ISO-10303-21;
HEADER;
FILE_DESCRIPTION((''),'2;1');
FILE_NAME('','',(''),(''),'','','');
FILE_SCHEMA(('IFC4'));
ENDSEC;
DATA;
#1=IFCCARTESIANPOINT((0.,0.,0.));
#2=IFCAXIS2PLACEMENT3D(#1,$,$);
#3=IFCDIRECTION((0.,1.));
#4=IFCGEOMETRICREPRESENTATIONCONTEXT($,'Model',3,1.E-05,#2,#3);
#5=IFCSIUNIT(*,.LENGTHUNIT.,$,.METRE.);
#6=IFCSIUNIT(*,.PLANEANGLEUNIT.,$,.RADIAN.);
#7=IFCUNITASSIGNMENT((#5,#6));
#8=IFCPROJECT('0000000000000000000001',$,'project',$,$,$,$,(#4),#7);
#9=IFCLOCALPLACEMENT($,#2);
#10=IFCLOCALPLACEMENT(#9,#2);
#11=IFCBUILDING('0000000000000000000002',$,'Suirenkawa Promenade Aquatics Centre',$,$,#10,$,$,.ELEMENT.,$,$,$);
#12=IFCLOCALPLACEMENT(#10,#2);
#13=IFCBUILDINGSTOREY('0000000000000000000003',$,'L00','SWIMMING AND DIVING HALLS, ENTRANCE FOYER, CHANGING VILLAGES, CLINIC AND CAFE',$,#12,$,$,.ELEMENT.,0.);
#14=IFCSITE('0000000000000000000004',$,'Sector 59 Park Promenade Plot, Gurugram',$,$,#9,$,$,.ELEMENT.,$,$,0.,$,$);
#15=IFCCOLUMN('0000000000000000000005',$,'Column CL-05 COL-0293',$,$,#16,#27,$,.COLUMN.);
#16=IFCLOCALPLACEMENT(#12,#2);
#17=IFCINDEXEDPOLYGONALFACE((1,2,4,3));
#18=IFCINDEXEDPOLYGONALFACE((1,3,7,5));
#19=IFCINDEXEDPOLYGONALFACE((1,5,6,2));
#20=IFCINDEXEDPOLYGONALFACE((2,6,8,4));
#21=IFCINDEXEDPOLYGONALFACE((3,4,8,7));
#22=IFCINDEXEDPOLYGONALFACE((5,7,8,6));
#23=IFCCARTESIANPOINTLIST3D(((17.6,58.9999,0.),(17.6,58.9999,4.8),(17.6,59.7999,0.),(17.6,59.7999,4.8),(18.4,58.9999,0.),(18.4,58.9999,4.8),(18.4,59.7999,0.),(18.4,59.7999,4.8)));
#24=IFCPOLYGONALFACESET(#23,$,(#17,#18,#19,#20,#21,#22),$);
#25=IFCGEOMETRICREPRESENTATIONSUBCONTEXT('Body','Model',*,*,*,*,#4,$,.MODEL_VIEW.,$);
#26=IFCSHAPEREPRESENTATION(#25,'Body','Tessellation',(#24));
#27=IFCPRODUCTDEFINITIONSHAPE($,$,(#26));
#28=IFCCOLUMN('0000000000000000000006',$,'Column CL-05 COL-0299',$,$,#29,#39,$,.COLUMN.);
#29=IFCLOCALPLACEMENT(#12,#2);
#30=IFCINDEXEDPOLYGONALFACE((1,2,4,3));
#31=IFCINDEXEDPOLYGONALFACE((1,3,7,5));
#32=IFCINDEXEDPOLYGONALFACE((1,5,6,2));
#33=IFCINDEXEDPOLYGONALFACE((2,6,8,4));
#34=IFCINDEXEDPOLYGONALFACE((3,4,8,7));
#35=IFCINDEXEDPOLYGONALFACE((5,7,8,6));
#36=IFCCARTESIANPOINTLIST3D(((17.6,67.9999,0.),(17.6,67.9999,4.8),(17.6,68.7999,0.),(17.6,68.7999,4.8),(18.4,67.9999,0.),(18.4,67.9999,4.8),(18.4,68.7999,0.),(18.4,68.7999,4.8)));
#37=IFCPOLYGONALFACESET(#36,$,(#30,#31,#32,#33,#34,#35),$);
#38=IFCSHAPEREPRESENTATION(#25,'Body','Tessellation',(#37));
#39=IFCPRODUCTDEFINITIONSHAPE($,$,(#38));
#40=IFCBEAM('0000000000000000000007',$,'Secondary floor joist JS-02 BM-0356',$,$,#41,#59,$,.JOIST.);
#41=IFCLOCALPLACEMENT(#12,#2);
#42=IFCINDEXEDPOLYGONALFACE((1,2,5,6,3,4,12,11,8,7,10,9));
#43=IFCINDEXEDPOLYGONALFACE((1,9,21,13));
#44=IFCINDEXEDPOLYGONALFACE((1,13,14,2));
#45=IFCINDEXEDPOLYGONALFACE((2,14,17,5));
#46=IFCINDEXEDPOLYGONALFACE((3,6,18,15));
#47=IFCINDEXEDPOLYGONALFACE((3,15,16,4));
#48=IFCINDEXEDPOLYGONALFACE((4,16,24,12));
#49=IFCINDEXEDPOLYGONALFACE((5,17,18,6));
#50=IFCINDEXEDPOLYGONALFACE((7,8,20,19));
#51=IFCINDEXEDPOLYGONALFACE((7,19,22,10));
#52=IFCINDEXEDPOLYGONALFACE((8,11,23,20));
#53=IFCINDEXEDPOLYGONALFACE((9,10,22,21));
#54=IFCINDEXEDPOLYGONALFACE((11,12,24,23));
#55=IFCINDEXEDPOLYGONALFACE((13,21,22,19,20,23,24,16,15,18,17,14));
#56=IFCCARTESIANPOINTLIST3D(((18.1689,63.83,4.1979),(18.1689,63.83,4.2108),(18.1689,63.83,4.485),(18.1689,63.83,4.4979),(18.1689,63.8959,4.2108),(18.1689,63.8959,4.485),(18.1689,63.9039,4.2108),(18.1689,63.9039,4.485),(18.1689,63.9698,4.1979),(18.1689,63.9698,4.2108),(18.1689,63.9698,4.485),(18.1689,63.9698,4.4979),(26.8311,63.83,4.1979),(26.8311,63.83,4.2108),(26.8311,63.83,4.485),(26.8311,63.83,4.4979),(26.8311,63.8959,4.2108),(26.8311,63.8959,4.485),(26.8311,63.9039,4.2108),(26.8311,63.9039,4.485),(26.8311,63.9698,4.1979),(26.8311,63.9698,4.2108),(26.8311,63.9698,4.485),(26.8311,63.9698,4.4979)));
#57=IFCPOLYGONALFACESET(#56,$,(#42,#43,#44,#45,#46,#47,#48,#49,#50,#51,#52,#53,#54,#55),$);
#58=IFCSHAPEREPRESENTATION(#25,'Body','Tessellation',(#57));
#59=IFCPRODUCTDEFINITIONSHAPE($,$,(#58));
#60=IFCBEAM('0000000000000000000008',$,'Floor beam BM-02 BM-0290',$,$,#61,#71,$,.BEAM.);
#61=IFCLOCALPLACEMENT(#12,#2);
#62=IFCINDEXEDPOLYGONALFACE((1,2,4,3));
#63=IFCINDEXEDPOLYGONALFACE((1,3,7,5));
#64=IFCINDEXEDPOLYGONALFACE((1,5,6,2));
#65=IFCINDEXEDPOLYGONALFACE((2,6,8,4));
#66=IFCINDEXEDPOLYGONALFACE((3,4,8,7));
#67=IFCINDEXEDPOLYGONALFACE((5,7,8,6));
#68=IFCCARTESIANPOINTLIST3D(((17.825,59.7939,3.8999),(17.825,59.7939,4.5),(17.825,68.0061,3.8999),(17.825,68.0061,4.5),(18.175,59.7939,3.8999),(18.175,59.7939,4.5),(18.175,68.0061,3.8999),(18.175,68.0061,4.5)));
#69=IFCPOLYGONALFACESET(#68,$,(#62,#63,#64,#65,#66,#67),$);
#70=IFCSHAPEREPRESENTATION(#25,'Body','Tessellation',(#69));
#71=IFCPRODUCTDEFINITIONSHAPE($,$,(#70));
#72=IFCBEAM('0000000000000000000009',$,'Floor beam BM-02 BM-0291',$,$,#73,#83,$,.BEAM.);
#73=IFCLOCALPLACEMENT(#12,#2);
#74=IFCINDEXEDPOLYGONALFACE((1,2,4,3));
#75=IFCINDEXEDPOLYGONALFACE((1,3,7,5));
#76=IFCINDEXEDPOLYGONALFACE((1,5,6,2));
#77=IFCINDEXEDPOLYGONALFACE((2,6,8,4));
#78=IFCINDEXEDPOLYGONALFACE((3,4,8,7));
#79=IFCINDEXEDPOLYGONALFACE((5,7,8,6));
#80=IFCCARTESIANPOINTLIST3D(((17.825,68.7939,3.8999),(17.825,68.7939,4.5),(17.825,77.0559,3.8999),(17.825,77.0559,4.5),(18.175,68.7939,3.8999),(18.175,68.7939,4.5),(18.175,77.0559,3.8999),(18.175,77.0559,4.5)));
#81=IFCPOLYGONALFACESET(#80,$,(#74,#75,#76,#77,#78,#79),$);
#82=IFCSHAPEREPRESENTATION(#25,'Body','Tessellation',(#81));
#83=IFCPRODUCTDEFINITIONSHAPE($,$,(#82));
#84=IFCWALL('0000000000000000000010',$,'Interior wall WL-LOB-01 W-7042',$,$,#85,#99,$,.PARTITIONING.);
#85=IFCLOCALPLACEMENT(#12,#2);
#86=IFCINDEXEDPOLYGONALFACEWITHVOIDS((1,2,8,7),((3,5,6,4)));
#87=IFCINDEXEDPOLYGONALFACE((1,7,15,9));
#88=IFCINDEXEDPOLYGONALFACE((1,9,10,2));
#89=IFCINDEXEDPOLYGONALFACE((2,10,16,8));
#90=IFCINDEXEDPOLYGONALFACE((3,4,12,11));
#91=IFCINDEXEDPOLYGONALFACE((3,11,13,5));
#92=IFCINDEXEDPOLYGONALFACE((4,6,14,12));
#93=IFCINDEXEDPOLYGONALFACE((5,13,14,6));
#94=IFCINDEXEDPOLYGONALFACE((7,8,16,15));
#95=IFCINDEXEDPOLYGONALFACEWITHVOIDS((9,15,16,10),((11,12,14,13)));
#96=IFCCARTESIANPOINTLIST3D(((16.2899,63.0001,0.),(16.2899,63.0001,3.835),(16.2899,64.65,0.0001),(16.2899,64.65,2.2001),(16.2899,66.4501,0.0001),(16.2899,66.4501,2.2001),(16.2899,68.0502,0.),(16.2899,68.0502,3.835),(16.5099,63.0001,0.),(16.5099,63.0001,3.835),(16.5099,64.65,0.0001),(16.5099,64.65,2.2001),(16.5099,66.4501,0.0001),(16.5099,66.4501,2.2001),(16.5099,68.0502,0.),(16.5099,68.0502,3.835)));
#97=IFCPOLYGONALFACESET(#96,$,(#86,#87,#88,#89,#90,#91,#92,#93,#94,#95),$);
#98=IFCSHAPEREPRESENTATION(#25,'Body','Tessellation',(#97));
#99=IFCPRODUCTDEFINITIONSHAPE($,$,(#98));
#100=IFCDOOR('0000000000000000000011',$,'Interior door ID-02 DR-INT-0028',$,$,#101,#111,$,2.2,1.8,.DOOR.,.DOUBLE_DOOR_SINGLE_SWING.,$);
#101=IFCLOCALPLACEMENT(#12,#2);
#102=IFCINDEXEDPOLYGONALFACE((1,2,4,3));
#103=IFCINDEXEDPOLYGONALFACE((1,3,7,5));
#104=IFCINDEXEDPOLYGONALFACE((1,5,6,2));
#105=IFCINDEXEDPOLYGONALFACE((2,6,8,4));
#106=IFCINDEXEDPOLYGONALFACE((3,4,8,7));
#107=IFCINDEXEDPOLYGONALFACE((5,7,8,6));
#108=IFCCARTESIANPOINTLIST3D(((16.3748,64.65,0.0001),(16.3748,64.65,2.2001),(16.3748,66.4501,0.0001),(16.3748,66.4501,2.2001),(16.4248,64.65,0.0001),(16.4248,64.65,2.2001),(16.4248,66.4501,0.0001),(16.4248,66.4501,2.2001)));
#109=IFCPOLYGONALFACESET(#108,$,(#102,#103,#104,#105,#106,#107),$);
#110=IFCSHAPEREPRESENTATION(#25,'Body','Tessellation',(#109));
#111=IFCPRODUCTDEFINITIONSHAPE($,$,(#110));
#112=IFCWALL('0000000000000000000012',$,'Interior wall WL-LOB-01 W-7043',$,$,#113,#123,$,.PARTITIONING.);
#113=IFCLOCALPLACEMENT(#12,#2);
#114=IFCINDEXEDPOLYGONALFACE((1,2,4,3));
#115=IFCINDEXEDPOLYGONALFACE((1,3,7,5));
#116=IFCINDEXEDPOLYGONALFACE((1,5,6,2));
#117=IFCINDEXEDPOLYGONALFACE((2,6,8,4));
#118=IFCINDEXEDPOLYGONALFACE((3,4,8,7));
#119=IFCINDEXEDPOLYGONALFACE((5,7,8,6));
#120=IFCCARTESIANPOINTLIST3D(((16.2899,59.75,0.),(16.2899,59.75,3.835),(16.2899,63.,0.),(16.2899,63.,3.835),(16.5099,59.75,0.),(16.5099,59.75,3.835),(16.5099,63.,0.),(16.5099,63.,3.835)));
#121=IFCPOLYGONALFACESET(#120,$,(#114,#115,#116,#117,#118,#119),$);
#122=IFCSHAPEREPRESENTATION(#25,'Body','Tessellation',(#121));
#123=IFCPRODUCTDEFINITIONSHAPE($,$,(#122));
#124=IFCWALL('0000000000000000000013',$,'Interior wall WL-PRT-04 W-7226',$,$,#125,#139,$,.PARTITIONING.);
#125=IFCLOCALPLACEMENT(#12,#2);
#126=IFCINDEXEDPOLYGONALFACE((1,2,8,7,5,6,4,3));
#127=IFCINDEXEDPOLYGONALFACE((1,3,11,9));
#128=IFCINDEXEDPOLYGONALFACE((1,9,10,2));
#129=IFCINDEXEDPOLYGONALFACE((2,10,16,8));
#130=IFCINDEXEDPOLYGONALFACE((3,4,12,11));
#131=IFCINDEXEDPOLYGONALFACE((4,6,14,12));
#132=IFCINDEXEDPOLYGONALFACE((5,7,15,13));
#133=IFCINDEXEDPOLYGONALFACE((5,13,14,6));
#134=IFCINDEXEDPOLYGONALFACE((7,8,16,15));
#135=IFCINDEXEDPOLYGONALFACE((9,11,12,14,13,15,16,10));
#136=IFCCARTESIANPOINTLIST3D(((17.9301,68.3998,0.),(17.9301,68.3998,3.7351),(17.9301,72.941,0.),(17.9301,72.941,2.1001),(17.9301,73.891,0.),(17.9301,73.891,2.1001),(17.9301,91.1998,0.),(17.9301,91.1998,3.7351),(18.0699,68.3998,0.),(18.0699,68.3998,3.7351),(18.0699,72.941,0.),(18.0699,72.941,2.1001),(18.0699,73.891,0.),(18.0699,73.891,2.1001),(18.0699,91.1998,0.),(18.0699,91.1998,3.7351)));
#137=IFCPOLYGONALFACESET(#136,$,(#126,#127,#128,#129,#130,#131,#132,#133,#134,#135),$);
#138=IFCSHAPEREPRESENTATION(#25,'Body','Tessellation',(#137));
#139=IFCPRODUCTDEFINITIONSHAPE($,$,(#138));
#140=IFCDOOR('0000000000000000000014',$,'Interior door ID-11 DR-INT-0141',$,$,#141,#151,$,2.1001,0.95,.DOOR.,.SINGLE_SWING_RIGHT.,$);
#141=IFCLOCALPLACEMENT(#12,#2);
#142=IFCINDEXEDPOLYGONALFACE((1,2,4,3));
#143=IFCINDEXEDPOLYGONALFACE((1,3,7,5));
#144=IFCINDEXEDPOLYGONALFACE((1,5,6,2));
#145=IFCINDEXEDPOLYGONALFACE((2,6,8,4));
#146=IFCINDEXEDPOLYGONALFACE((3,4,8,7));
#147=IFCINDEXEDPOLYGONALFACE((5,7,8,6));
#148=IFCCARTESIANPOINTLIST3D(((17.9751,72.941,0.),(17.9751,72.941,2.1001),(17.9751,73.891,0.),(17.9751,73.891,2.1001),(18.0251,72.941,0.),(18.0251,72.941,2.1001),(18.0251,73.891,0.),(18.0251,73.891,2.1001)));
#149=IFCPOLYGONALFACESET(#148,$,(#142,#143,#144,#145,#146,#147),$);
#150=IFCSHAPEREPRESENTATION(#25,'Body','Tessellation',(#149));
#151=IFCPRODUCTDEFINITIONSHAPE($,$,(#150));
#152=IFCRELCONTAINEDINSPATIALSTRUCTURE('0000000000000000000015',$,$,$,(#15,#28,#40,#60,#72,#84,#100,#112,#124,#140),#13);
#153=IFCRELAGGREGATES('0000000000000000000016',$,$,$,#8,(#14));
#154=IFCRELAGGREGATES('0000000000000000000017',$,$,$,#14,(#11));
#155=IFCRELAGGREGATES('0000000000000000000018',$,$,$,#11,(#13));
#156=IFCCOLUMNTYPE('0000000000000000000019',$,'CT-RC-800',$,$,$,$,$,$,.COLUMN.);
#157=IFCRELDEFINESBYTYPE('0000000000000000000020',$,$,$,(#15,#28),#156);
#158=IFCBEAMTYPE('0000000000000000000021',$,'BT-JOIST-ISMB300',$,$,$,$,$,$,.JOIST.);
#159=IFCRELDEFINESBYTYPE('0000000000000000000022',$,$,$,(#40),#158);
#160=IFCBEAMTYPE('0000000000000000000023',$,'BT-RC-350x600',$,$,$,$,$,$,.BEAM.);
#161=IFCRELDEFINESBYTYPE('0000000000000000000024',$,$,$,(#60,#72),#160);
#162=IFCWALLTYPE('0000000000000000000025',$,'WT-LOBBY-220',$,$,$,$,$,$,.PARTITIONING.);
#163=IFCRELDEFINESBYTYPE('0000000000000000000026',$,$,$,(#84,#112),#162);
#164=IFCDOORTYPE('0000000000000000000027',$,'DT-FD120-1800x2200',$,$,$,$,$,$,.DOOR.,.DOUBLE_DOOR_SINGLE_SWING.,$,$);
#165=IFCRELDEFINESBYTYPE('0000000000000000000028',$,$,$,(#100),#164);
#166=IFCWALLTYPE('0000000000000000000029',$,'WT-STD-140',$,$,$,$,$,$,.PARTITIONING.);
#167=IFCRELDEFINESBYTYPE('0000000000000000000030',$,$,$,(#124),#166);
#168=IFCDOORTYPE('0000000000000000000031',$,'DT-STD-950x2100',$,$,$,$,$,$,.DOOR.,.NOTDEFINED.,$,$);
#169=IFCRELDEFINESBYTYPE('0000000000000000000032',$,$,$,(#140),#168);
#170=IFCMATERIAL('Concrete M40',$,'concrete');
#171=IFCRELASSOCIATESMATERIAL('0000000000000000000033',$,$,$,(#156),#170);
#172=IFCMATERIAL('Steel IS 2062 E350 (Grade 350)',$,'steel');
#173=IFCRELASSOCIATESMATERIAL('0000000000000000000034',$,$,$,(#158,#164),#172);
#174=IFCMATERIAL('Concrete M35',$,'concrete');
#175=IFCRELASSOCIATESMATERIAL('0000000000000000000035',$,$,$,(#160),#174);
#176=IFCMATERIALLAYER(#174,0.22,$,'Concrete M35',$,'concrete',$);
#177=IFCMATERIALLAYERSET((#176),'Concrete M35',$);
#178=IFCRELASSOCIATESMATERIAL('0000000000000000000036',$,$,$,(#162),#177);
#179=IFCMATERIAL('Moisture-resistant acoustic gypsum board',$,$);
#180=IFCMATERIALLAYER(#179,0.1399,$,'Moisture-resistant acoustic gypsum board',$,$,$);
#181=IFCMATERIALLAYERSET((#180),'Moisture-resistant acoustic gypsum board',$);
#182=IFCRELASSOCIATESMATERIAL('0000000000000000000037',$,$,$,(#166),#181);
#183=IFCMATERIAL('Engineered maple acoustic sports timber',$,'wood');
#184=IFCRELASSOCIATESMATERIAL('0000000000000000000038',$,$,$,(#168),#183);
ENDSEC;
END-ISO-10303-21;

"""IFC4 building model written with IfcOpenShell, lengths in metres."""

from ifc_helpers import new_model, si_unit, direction, frame, frame_2d, origin, origin_2d, place, context, subcontext, project, spatial, rectangle, i_section, extrude, material, layer, layer_set, material_profile, profile_set, type_object, element, fill, save


model = new_model("IFC4")

# Units and contexts
model_context = context("Model", 3, precision=1e-05, world=origin(), true_north=direction((0.0, 1.0)))
body_context = subcontext(model_context, "Body", "Model", "MODEL_VIEW")
ifc_project = project(units=[si_unit("LENGTHUNIT", "METRE"), si_unit("PLANEANGLEUNIT", "RADIAN")], contexts=[model_context])

# Site, building, storey
site_placement = place(None, origin())
site = spatial("IfcSite", under=ifc_project, at=site_placement, Name="Sector 59 Park Promenade Plot, Gurugram", CompositionType="ELEMENT", RefElevation=0.0)
building_placement = place(site_placement, origin())
building = spatial("IfcBuilding", under=site, at=building_placement, Name="Suirenkawa Promenade Aquatics Centre", CompositionType="ELEMENT")
storey_placement = place(building_placement, origin())
storey = spatial("IfcBuildingStorey", under=building, at=storey_placement, Name="L00", Description="SWIMMING AND DIVING HALLS, ENTRANCE FOYER, CHANGING VILLAGES, CLINIC AND CAFE", CompositionType="ELEMENT", Elevation=0.0)

# Columns
ifc_material_1 = material(Name="Concrete M40", Category="concrete")
ifc_material_profile_1 = material_profile(ifc_material_1, rectangle(XDim=0.8, YDim=0.8, at=origin_2d()), Name="RC COL 800x800", Category="concrete")
ifc_profile_set_1 = profile_set([ifc_material_profile_1], Name="Concrete M40")
column_type = type_object("IfcColumnType", Name="CT-RC-800", PredefinedType="COLUMN", material=ifc_profile_set_1)
for number, where, z_axis, x_axis, name in (
    (1, (18.0, 59.3999, 0.0), (0.0, 0.0, 1.0), (1.0, 0.0, 0.0), "Column CL-05 COL-0293"),
    (2, (18.0, 68.3999, 0.0), (0.0, 0.0, 1.0), (1.0, 0.0, 0.0), "Column CL-05 COL-0299"),
):
    element("IfcColumn", number, at=place(storey_placement, frame(where, z_axis=z_axis, x_axis=x_axis)), inside=storey, type_object=column_type, Name=name, PredefinedType="COLUMN", context=body_context, shape_type="SweptSolid", body=[
        extrude(rectangle(XDim=0.8, YDim=0.8, at=origin_2d()), origin(), (0.0, 0.0, 1.0), 4.8),
    ])

# Beams
ifc_material_2 = material(Name="Steel IS 2062 E350 (Grade 350)", Category="steel")
ifc_material_profile_2 = material_profile(ifc_material_2, i_section(OverallWidth=0.1399, OverallDepth=0.3, WebThickness=0.0081, FlangeThickness=0.0129, at=origin_2d()), Name="ISMB 300", Category="steel")
ifc_profile_set_2 = profile_set([ifc_material_profile_2], Name="Steel IS 2062 E350 (Grade 350)")
beam_type_1 = type_object("IfcBeamType", Name="BT-JOIST-ISMB300", PredefinedType="JOIST", material=ifc_profile_set_2)
beam_1_placement = place(storey_placement, frame((18.1689, 63.8999, 4.3479), z_axis=(1.0, 0.0, 0.0), x_axis=(0.0, 1.0, 0.0)))
element("IfcBeam", 3, at=beam_1_placement, inside=storey, type_object=beam_type_1, Name="Secondary floor joist JS-02 BM-0356", PredefinedType="JOIST", context=body_context, shape_type="SweptSolid", body=[
    extrude(i_section(OverallWidth=0.1399, OverallDepth=0.3, WebThickness=0.0081, FlangeThickness=0.0129, at=origin_2d()), origin(), (0.0, 0.0, 1.0), 8.6621),
])
ifc_material_3 = material(Name="Concrete M35", Category="concrete")
ifc_material_profile_3 = material_profile(ifc_material_3, rectangle(XDim=0.3501, YDim=0.6001, at=origin_2d()), Name="RC BM 350x600", Category="concrete")
ifc_profile_set_3 = profile_set([ifc_material_profile_3], Name="Concrete M35")
beam_type_2 = type_object("IfcBeamType", Name="BT-RC-350x600", PredefinedType="BEAM", material=ifc_profile_set_3)
beam_2_placement = place(storey_placement, frame((18.0, 59.7939, 4.2), z_axis=(0.0, 1.0, 0.0), x_axis=(-1.0, 0.0, 0.0)))
element("IfcBeam", 4, at=beam_2_placement, inside=storey, type_object=beam_type_2, Name="Floor beam BM-02 BM-0290", PredefinedType="BEAM", context=body_context, shape_type="SweptSolid", body=[
    extrude(rectangle(XDim=0.3501, YDim=0.6001, at=origin_2d()), origin(), (0.0, 0.0, 1.0), 8.2122),
])
beam_3_placement = place(storey_placement, frame((18.0, 68.7939, 4.2), z_axis=(0.0, 1.0, 0.0), x_axis=(-1.0, 0.0, 0.0)))
element("IfcBeam", 5, at=beam_3_placement, inside=storey, type_object=beam_type_2, Name="Floor beam BM-02 BM-0291", PredefinedType="BEAM", context=body_context, shape_type="SweptSolid", body=[
    extrude(rectangle(XDim=0.3501, YDim=0.6001, at=origin_2d()), origin(), (0.0, 0.0, 1.0), 8.262),
])

# Wall, opening, door
ifc_layer_1 = layer(ifc_material_3, 0.22, Name="Concrete M35", Category="concrete")
ifc_layer_set_1 = layer_set([ifc_layer_1], Name="Concrete M35")
wall_type_1 = type_object("IfcWallType", Name="WT-LOBBY-220", PredefinedType="PARTITIONING", material=ifc_layer_set_1)
wall_1_placement = place(storey_placement, frame((16.3999, 68.05, 0.0), z_axis=(0.0, 0.0, 1.0), x_axis=(0.0, -1.0, 0.0)))
wall_1 = element("IfcWall", 6, at=wall_1_placement, inside=storey, type_object=wall_type_1, Name="Interior wall WL-LOB-01 W-7042", PredefinedType="PARTITIONING", context=body_context, shape_type="SweptSolid", body=[
    extrude(rectangle(XDim=5.05, YDim=0.22, at=frame_2d((2.5249, 0.0))), origin(), (0.0, 0.0, 1.0), 3.835),
])
opening_1_placement = place(wall_1_placement, frame((1.6001, 0.0, 0.0)))
opening_1 = element("IfcOpeningElement", 7, at=opening_1_placement, cuts=wall_1, PredefinedType="OPENING", context=body_context, shape_type="SweptSolid", body=[
    extrude(rectangle(XDim=1.8, YDim=2.2, at=frame_2d((0.8999, 1.1001))), frame((0.0, 0.1199, 0.0), z_axis=(0.0, -1.0, 0.0), x_axis=(1.0, 0.0, 0.0)), (0.0, 0.0, 1.0), 0.24),
])
door_type_1 = type_object("IfcDoorType", Name="DT-FD120-1800x2200", OperationType="DOUBLE_DOOR_SINGLE_SWING", PredefinedType="DOOR", material=ifc_material_2)
door_1_placement = place(opening_1_placement, origin())
door_1 = element("IfcDoor", 8, at=door_1_placement, inside=storey, type_object=door_type_1, Name="Interior door ID-02 DR-INT-0028", OperationType="DOUBLE_DOOR_SINGLE_SWING", OverallHeight=2.2, OverallWidth=1.8, PredefinedType="DOOR", context=body_context, shape_type="SweptSolid", body=[
    extrude(rectangle(XDim=1.8, YDim=2.2, at=frame_2d((0.8999, 1.1001))), frame((0.0, 0.0249, 0.0), z_axis=(0.0, -1.0, 0.0), x_axis=(1.0, 0.0, 0.0)), (0.0, 0.0, 1.0), 0.05),
])
fill(opening_1, door_1)

# Wall
wall_2_placement = place(storey_placement, frame((16.3999, 59.75, 0.0), z_axis=(0.0, 0.0, 1.0), x_axis=(0.0, 1.0, 0.0)))
element("IfcWall", 9, at=wall_2_placement, inside=storey, type_object=wall_type_1, Name="Interior wall WL-LOB-01 W-7043", PredefinedType="PARTITIONING", context=body_context, shape_type="SweptSolid", body=[
    extrude(rectangle(XDim=3.25, YDim=0.22, at=frame_2d((1.625, 0.0))), origin(), (0.0, 0.0, 1.0), 3.835),
])

# Wall, opening, door
ifc_material_4 = material(Name="Moisture-resistant acoustic gypsum board")
ifc_layer_2 = layer(ifc_material_4, 0.1399, Name="Moisture-resistant acoustic gypsum board")
ifc_layer_set_2 = layer_set([ifc_layer_2], Name="Moisture-resistant acoustic gypsum board")
wall_type_2 = type_object("IfcWallType", Name="WT-STD-140", PredefinedType="PARTITIONING", material=ifc_layer_set_2)
wall_3_placement = place(storey_placement, frame((18.0, 68.3999, 0.0), z_axis=(0.0, 0.0, 1.0), x_axis=(0.0, 1.0, 0.0)))
wall_3 = element("IfcWall", 10, at=wall_3_placement, inside=storey, type_object=wall_type_2, Name="Interior wall WL-PRT-04 W-7226", PredefinedType="PARTITIONING", context=body_context, shape_type="SweptSolid", body=[
    extrude(rectangle(XDim=22.8, YDim=0.1399, at=frame_2d((11.3999, 0.0))), origin(), (0.0, 0.0, 1.0), 3.7351),
])
opening_2_placement = place(wall_3_placement, frame((4.541, 0.0, 0.0)))
opening_2 = element("IfcOpeningElement", 11, at=opening_2_placement, cuts=wall_3, PredefinedType="OPENING", context=body_context, shape_type="SweptSolid", body=[
    extrude(rectangle(XDim=0.95, YDim=2.1001, at=frame_2d((0.4751, 1.05))), frame((0.0, 0.0798, 0.0), z_axis=(0.0, -1.0, 0.0), x_axis=(1.0, 0.0, 0.0)), (0.0, 0.0, 1.0), 0.1599),
])
ifc_material_5 = material(Name="Engineered maple acoustic sports timber", Category="wood")
door_type_2 = type_object("IfcDoorType", Name="DT-STD-950x2100", OperationType="NOTDEFINED", PredefinedType="DOOR", material=ifc_material_5)
door_2_placement = place(opening_2_placement, origin())
door_2 = element("IfcDoor", 12, at=door_2_placement, inside=storey, type_object=door_type_2, Name="Interior door ID-11 DR-INT-0141", OperationType="SINGLE_SWING_RIGHT", OverallHeight=2.1001, OverallWidth=0.95, PredefinedType="DOOR", context=body_context, shape_type="SweptSolid", body=[
    extrude(rectangle(XDim=0.95, YDim=2.1001, at=frame_2d((0.4751, 1.05))), frame((0.0, 0.0249, 0.0), z_axis=(0.0, -1.0, 0.0), x_axis=(1.0, 0.0, 0.0)), (0.0, 0.0, 1.0), 0.05),
])
fill(opening_2, door_2)

save(model, "model.ifc")
